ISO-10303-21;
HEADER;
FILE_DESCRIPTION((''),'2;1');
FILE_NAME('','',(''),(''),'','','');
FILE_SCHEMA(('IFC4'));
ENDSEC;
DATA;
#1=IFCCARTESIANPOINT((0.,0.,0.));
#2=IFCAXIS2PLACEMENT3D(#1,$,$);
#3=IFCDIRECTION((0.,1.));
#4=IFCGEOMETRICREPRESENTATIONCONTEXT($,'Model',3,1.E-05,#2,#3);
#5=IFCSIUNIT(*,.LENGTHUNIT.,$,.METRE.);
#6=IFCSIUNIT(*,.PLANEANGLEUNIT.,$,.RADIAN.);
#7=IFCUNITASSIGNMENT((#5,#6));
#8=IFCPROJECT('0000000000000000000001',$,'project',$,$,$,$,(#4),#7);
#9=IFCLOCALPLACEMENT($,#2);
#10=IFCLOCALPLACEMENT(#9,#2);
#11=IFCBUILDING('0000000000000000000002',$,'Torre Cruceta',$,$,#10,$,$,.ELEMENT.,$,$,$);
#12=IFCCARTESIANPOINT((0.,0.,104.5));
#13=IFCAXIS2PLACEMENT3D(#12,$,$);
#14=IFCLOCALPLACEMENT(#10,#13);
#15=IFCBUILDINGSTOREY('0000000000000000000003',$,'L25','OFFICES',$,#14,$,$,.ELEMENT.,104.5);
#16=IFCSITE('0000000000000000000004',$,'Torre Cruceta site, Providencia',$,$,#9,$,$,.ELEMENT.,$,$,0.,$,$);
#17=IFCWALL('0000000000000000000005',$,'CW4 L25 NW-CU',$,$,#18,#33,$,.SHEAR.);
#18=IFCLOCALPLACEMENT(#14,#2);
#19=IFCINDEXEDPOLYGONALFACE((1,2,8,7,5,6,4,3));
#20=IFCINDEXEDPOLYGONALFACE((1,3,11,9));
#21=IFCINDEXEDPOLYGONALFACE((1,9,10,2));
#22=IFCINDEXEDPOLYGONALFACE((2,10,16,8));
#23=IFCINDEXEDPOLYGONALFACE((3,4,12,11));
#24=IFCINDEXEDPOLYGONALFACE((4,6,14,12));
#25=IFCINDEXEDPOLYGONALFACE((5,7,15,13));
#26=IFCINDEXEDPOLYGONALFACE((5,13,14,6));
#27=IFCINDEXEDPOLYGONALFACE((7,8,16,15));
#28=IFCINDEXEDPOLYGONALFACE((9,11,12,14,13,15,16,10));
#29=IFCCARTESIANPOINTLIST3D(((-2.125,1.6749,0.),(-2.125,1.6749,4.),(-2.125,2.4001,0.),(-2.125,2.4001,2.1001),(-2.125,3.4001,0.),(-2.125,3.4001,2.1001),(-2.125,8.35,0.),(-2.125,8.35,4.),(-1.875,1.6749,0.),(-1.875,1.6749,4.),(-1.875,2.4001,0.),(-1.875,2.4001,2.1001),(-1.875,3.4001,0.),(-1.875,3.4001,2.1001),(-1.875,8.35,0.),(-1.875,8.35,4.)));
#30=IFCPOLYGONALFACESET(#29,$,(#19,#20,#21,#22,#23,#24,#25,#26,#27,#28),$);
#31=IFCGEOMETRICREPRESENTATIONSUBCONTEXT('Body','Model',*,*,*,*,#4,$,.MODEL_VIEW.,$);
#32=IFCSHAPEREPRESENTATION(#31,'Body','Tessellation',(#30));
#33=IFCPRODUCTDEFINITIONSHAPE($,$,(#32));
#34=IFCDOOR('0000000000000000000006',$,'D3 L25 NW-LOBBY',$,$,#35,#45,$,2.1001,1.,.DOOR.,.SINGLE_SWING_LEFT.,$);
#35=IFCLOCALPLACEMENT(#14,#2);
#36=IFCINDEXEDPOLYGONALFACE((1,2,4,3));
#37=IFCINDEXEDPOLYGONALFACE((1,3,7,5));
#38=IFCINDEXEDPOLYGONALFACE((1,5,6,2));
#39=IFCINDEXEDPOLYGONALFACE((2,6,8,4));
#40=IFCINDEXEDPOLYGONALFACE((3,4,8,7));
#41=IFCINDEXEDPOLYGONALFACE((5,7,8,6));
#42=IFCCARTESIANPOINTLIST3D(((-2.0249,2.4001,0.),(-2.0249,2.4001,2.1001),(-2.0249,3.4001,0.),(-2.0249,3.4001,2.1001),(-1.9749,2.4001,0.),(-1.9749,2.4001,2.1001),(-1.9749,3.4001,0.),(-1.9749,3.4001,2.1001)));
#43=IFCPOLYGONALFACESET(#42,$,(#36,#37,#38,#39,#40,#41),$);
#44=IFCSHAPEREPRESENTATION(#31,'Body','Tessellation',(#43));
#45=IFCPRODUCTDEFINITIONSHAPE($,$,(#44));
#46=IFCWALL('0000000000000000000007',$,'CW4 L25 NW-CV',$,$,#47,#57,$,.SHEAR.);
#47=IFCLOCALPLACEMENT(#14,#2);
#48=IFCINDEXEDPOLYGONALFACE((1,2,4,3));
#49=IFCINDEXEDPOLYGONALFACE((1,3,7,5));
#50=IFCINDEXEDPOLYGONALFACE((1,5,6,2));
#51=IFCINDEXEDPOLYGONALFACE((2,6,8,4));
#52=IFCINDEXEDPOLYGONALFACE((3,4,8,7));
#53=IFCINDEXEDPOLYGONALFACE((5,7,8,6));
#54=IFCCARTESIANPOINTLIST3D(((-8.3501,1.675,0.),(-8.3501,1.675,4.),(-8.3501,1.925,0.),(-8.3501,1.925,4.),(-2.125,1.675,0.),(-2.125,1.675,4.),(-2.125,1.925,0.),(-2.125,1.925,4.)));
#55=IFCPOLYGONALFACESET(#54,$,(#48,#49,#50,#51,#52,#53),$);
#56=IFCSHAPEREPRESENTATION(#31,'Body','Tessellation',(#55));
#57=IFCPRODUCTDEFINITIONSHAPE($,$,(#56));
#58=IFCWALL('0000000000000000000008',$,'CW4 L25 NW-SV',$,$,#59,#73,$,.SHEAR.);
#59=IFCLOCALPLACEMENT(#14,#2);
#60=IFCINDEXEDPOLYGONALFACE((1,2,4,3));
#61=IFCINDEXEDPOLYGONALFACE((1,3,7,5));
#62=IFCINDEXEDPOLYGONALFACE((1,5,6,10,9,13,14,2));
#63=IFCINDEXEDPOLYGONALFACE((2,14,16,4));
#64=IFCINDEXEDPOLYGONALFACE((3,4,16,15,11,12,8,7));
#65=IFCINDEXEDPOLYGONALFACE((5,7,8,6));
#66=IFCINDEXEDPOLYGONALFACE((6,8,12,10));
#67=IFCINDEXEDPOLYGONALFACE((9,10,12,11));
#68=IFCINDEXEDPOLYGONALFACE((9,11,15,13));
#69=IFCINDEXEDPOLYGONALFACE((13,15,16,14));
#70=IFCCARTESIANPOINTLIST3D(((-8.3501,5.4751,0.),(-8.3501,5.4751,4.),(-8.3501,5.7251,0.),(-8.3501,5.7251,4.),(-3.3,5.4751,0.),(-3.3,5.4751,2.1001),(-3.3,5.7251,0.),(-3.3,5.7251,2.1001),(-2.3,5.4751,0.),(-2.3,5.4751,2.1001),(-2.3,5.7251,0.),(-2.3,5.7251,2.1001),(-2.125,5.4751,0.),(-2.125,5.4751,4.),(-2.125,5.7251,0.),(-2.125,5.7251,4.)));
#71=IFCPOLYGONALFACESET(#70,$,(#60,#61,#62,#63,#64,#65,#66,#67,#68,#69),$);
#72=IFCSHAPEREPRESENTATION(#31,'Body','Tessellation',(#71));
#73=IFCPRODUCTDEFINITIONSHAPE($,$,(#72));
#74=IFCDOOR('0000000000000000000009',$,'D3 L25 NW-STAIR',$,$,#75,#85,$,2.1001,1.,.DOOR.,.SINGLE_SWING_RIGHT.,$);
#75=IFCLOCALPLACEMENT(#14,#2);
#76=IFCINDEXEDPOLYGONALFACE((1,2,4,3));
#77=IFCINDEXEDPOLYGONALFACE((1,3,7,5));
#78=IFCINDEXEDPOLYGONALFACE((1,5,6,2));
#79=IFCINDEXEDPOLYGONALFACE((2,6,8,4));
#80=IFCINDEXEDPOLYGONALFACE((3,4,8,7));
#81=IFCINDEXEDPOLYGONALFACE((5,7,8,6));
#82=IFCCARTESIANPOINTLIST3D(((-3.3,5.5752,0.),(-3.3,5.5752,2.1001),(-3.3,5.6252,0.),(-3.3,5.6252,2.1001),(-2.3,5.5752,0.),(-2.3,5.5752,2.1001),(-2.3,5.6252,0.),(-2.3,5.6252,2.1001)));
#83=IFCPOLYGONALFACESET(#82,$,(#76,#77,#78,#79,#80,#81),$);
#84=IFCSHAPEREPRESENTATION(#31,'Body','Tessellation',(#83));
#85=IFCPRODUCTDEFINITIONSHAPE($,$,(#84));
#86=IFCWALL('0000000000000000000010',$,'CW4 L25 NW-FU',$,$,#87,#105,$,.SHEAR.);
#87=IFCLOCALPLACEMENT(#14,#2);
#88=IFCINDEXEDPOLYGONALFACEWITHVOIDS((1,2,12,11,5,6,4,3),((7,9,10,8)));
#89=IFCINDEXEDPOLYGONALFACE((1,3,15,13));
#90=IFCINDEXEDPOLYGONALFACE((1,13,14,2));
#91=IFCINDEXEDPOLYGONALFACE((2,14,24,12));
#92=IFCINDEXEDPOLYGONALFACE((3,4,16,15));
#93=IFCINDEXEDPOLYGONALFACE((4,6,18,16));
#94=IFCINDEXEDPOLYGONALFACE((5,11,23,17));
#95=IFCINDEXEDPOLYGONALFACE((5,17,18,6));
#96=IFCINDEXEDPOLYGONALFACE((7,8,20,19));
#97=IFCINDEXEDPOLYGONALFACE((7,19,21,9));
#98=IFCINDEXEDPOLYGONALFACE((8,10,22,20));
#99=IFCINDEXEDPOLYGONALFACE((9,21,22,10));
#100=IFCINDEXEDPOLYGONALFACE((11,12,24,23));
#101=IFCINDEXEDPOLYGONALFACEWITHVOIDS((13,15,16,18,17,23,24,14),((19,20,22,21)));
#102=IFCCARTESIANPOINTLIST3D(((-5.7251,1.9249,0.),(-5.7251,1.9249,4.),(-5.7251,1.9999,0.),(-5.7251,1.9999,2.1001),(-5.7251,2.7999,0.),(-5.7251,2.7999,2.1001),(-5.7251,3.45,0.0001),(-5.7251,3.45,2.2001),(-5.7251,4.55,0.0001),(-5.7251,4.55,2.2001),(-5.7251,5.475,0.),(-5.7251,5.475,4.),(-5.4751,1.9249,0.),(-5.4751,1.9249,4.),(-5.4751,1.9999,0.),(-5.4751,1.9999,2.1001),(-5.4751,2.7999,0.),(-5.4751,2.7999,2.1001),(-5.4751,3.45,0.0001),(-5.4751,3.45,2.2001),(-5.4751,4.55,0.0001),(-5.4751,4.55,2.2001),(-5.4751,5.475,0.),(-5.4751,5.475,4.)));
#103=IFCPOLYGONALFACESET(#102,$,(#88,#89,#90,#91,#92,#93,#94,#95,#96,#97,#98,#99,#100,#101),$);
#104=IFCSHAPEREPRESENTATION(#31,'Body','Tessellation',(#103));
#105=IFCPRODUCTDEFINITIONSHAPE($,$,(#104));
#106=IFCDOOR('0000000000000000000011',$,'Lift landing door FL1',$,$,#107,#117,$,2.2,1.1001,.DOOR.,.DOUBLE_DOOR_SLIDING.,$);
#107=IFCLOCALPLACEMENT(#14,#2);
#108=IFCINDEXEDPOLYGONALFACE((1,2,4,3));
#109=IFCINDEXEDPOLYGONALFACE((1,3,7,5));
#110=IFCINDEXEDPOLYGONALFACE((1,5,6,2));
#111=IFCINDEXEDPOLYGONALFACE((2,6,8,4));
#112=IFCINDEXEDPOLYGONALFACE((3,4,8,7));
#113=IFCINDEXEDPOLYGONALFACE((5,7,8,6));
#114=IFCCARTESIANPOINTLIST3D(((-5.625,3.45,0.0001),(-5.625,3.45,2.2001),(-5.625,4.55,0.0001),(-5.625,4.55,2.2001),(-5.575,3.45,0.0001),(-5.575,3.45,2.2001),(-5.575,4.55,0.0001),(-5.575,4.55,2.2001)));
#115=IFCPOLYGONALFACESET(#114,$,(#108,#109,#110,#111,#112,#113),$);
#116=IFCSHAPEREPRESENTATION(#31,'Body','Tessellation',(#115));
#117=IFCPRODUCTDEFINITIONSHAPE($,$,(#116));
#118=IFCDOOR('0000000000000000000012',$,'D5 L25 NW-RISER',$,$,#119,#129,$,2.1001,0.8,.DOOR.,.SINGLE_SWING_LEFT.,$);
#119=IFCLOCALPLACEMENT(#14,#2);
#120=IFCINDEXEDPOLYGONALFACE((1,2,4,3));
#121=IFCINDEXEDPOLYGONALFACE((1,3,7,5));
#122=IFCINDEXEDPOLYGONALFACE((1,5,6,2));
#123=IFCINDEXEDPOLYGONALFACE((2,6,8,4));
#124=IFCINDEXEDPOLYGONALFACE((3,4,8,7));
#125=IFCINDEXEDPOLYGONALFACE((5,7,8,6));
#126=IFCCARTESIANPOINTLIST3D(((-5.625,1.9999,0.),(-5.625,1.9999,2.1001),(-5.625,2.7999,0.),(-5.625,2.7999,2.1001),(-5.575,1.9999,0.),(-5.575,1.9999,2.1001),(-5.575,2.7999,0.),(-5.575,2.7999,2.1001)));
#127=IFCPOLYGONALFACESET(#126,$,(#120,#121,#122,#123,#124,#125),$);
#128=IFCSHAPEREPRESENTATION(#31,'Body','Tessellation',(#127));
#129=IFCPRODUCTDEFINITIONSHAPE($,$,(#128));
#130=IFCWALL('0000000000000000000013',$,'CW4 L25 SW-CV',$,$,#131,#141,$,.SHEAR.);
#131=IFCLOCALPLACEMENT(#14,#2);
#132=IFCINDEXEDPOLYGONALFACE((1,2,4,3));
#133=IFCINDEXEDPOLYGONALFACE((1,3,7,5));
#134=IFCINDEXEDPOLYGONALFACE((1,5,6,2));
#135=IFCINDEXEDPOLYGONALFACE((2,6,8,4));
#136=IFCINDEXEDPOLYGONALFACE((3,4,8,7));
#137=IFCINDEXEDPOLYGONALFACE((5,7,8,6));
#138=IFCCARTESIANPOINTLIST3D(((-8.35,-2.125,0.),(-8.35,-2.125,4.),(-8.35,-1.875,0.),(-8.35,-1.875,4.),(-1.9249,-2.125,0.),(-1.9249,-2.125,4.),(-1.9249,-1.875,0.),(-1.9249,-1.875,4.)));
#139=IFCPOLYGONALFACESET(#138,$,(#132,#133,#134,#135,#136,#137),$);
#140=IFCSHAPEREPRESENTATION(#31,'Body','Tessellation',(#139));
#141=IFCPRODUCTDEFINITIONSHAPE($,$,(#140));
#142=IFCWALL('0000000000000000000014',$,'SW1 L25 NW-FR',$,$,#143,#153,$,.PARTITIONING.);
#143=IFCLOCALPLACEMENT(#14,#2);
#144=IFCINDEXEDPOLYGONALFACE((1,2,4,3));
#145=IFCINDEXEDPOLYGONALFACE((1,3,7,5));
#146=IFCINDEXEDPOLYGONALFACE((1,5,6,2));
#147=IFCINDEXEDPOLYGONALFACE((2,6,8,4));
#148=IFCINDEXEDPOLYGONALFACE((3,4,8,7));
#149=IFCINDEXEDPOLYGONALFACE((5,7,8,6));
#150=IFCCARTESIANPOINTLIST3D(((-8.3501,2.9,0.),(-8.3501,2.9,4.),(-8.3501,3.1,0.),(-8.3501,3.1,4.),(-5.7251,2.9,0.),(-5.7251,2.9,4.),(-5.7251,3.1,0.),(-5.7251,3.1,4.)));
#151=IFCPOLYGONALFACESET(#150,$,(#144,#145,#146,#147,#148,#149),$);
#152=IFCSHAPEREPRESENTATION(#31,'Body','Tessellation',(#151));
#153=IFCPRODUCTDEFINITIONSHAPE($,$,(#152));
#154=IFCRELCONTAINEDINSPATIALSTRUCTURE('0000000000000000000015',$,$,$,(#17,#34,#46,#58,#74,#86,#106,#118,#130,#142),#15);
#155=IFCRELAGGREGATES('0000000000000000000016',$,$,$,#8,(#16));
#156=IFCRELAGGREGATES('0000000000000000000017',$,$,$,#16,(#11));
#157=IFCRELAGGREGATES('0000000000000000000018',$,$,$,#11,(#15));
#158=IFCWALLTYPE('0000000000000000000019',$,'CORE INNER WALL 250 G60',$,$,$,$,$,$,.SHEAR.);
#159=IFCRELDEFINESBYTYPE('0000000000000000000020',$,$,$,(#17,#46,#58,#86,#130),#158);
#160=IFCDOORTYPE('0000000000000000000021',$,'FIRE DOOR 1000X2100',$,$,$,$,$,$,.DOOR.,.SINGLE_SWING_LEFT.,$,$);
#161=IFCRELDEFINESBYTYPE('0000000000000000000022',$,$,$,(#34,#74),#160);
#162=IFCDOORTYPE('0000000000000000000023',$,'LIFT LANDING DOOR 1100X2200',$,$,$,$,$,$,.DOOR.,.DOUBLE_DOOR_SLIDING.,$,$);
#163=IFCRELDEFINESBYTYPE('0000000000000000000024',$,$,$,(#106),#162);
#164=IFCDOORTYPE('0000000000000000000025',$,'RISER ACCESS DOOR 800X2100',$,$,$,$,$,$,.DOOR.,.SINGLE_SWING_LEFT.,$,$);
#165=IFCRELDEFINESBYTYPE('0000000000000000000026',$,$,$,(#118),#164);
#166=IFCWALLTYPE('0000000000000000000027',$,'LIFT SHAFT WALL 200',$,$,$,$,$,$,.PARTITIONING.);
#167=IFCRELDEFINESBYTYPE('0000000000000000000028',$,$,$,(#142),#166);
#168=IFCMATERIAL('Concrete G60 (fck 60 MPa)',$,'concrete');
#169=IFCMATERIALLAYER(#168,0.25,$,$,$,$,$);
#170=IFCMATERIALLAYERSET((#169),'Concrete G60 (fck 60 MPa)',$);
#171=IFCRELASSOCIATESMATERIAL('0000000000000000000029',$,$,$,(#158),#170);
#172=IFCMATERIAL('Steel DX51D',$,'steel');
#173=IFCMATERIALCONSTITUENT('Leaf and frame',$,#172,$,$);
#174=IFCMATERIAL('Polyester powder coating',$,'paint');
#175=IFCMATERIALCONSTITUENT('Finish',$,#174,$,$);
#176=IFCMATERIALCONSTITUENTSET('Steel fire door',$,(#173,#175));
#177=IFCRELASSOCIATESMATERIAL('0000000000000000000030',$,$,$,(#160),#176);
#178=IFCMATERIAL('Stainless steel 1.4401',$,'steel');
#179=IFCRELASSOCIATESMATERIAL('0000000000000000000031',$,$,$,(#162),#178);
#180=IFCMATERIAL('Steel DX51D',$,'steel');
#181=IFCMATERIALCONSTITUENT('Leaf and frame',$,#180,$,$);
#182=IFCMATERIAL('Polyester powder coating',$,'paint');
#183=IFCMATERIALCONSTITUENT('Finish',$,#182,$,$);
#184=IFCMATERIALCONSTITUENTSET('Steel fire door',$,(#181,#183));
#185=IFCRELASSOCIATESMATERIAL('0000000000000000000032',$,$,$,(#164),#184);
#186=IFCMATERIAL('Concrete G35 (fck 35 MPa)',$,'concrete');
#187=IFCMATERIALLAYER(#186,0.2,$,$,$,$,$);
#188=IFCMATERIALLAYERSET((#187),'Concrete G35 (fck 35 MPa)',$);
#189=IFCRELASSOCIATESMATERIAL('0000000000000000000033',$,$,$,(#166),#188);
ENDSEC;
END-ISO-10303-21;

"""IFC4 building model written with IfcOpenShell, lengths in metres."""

from ifc_helpers import new_model, si_unit, direction, frame, frame_2d, origin, place, context, subcontext, project, spatial, rectangle, extrude, material, layer, layer_set, constituent, constituent_set, type_object, element, fill, save


model = new_model("IFC4")

# Units and contexts
model_context = context("Model", 3, precision=1e-05, world=origin(), true_north=direction((0.0, 1.0)))
body_context = subcontext(model_context, "Body", "Model", "MODEL_VIEW")
ifc_project = project(units=[si_unit("LENGTHUNIT", "METRE"), si_unit("PLANEANGLEUNIT", "RADIAN")], contexts=[model_context])

# Site, building, storey
site_placement = place(None, origin())
site = spatial("IfcSite", under=ifc_project, at=site_placement, Name="Torre Cruceta site, Providencia", CompositionType="ELEMENT", RefElevation=0.0)
building_placement = place(site_placement, origin())
building = spatial("IfcBuilding", under=site, at=building_placement, Name="Torre Cruceta", CompositionType="ELEMENT")
storey_placement = place(building_placement, frame((0.0, 0.0, 104.5)))
storey = spatial("IfcBuildingStorey", under=building, at=storey_placement, Name="L25", Description="OFFICES", CompositionType="ELEMENT", Elevation=104.5)

# Wall, opening, door
ifc_material_1 = material(Name="Concrete G60 (fck 60 MPa)", Category="concrete")
ifc_layer_1 = layer(ifc_material_1, 0.25)
ifc_layer_set_1 = layer_set([ifc_layer_1], Name="Concrete G60 (fck 60 MPa)")
wall_type_1 = type_object("IfcWallType", Name="CORE INNER WALL 250 G60", PredefinedType="SHEAR", material=ifc_layer_set_1)
wall_1_placement = place(storey_placement, frame((-2.0, 1.675, 0.0), z_axis=(0.0, 0.0, 1.0), x_axis=(0.0, 1.0, 0.0)))
wall_1 = element("IfcWall", 1, at=wall_1_placement, inside=storey, type_object=wall_type_1, Name="CW4 L25 NW-CU", PredefinedType="SHEAR", context=body_context, shape_type="SweptSolid", body=[
    extrude(rectangle(XDim=6.675, YDim=0.25, at=frame_2d((3.3374, 0.0))), origin(), (0.0, 0.0, 1.0), 4.0),
])
opening_1_placement = place(wall_1_placement, frame((0.7251, 0.0, 0.0)))
opening_1 = element("IfcOpeningElement", 2, at=opening_1_placement, cuts=wall_1, PredefinedType="OPENING", context=body_context, shape_type="SweptSolid", body=[
    extrude(rectangle(XDim=1.0, YDim=2.1001, at=frame_2d((0.5, 1.05))), frame((0.0, 0.135, 0.0), z_axis=(0.0, -1.0, 0.0), x_axis=(1.0, 0.0, 0.0)), (0.0, 0.0, 1.0), 0.27),
])
ifc_material_2 = material(Name="Steel DX51D", Category="steel")
ifc_constituent_1 = constituent(ifc_material_2, Name="Leaf and frame")
ifc_material_3 = material(Name="Polyester powder coating", Category="paint")
ifc_constituent_2 = constituent(ifc_material_3, Name="Finish")
ifc_constituent_set_1 = constituent_set(constituents=[ifc_constituent_1, ifc_constituent_2], Name="Steel fire door")
door_type_1 = type_object("IfcDoorType", Name="FIRE DOOR 1000X2100", OperationType="SINGLE_SWING_LEFT", PredefinedType="DOOR", material=ifc_constituent_set_1)
door_1_placement = place(opening_1_placement, origin())
door_1 = element("IfcDoor", 3, at=door_1_placement, inside=storey, type_object=door_type_1, Name="D3 L25 NW-LOBBY", OperationType="SINGLE_SWING_LEFT", OverallHeight=2.1001, OverallWidth=1.0, PredefinedType="DOOR", context=body_context, shape_type="SweptSolid", body=[
    extrude(rectangle(XDim=1.0, YDim=2.1001, at=frame_2d((0.5, 1.05))), frame((0.0, 0.0249, 0.0), z_axis=(0.0, -1.0, 0.0), x_axis=(1.0, 0.0, 0.0)), (0.0, 0.0, 1.0), 0.05),
])
fill(opening_1, door_1)

# Wall
wall_2_placement = place(storey_placement, frame((-2.125, 1.8, 0.0), z_axis=(0.0, 0.0, 1.0), x_axis=(-1.0, 0.0, 0.0)))
element("IfcWall", 4, at=wall_2_placement, inside=storey, type_object=wall_type_1, Name="CW4 L25 NW-CV", PredefinedType="SHEAR", context=body_context, shape_type="SweptSolid", body=[
    extrude(rectangle(XDim=6.2251, YDim=0.25, at=frame_2d((3.1125, 0.0))), origin(), (0.0, 0.0, 1.0), 4.0),
])

# Wall, opening, door
wall_3_placement = place(storey_placement, frame((-2.125, 5.6001, 0.0), z_axis=(0.0, 0.0, 1.0), x_axis=(-1.0, 0.0, 0.0)))
wall_3 = element("IfcWall", 5, at=wall_3_placement, inside=storey, type_object=wall_type_1, Name="CW4 L25 NW-SV", PredefinedType="SHEAR", context=body_context, shape_type="SweptSolid", body=[
    extrude(rectangle(XDim=6.2251, YDim=0.25, at=frame_2d((3.1125, 0.0))), origin(), (0.0, 0.0, 1.0), 4.0),
])
opening_2_placement = place(wall_3_placement, frame((0.175, 0.0, 0.0)))
opening_2 = element("IfcOpeningElement", 6, at=opening_2_placement, cuts=wall_3, PredefinedType="OPENING", context=body_context, shape_type="SweptSolid", body=[
    extrude(rectangle(XDim=1.0, YDim=2.1001, at=frame_2d((0.5, 1.05))), frame((0.0, 0.135, 0.0), z_axis=(0.0, -1.0, 0.0), x_axis=(1.0, 0.0, 0.0)), (0.0, 0.0, 1.0), 0.27),
])
door_2_placement = place(opening_2_placement, frame((1.0, 0.0, 0.0), z_axis=(0.0, 0.0, 1.0), x_axis=(-1.0, 0.0, 0.0)))
door_2 = element("IfcDoor", 7, at=door_2_placement, inside=storey, type_object=door_type_1, Name="D3 L25 NW-STAIR", OperationType="SINGLE_SWING_RIGHT", OverallHeight=2.1001, OverallWidth=1.0, PredefinedType="DOOR", context=body_context, shape_type="SweptSolid", body=[
    extrude(rectangle(XDim=1.0, YDim=2.1001, at=frame_2d((0.5, 1.05))), frame((0.0, 0.0251, 0.0), z_axis=(0.0, -1.0, 0.0), x_axis=(1.0, 0.0, 0.0)), (0.0, 0.0, 1.0), 0.05),
])
fill(opening_2, door_2)

# Wall, openings, doors
wall_4_placement = place(storey_placement, frame((-5.6001, 1.925, 0.0), z_axis=(0.0, 0.0, 1.0), x_axis=(0.0, 1.0, 0.0)))
wall_4 = element("IfcWall", 8, at=wall_4_placement, inside=storey, type_object=wall_type_1, Name="CW4 L25 NW-FU", PredefinedType="SHEAR", context=body_context, shape_type="SweptSolid", body=[
    extrude(rectangle(XDim=3.55, YDim=0.25, at=frame_2d((1.7749, 0.0))), origin(), (0.0, 0.0, 1.0), 4.0),
])
opening_3_placement = place(wall_4_placement, frame((1.5249, 0.0, 0.0)))
opening_3 = element("IfcOpeningElement", 9, at=opening_3_placement, cuts=wall_4, PredefinedType="OPENING", context=body_context, shape_type="SweptSolid", body=[
    extrude(rectangle(XDim=1.1001, YDim=2.2, at=frame_2d((0.55, 1.1001))), frame((0.0, 0.135, 0.0), z_axis=(0.0, -1.0, 0.0), x_axis=(1.0, 0.0, 0.0)), (0.0, 0.0, 1.0), 0.27),
])
opening_4_placement = place(wall_4_placement, frame((0.075, 0.0, 0.0)))
opening_4 = element("IfcOpeningElement", 10, at=opening_4_placement, cuts=wall_4, PredefinedType="OPENING", context=body_context, shape_type="SweptSolid", body=[
    extrude(rectangle(XDim=0.8, YDim=2.1001, at=frame_2d((0.3999, 1.05))), frame((0.0, 0.135, 0.0), z_axis=(0.0, -1.0, 0.0), x_axis=(1.0, 0.0, 0.0)), (0.0, 0.0, 1.0), 0.27),
])
ifc_material_4 = material(Name="Stainless steel 1.4401", Category="steel")
door_type_2 = type_object("IfcDoorType", Name="LIFT LANDING DOOR 1100X2200", OperationType="DOUBLE_DOOR_SLIDING", PredefinedType="DOOR", material=ifc_material_4)
door_3_placement = place(opening_3_placement, origin())
door_3 = element("IfcDoor", 11, at=door_3_placement, inside=storey, type_object=door_type_2, Name="Lift landing door FL1", OperationType="DOUBLE_DOOR_SLIDING", OverallHeight=2.2, OverallWidth=1.1001, PredefinedType="DOOR", context=body_context, shape_type="SweptSolid", body=[
    extrude(rectangle(XDim=1.1001, YDim=2.2, at=frame_2d((0.55, 1.1001))), frame((0.0, 0.0249, 0.0), z_axis=(0.0, -1.0, 0.0), x_axis=(1.0, 0.0, 0.0)), (0.0, 0.0, 1.0), 0.05),
])
fill(opening_3, door_3)
ifc_material_5 = material(Name="Steel DX51D", Category="steel")
ifc_constituent_3 = constituent(ifc_material_5, Name="Leaf and frame")
ifc_material_6 = material(Name="Polyester powder coating", Category="paint")
ifc_constituent_4 = constituent(ifc_material_6, Name="Finish")
ifc_constituent_set_2 = constituent_set(constituents=[ifc_constituent_3, ifc_constituent_4], Name="Steel fire door")
door_type_3 = type_object("IfcDoorType", Name="RISER ACCESS DOOR 800X2100", OperationType="SINGLE_SWING_LEFT", PredefinedType="DOOR", material=ifc_constituent_set_2)
door_4_placement = place(opening_4_placement, origin())
door_4 = element("IfcDoor", 12, at=door_4_placement, inside=storey, type_object=door_type_3, Name="D5 L25 NW-RISER", OperationType="SINGLE_SWING_LEFT", OverallHeight=2.1001, OverallWidth=0.8, PredefinedType="DOOR", context=body_context, shape_type="SweptSolid", body=[
    extrude(rectangle(XDim=0.8, YDim=2.1001, at=frame_2d((0.3999, 1.05))), frame((0.0, 0.0249, 0.0), z_axis=(0.0, -1.0, 0.0), x_axis=(1.0, 0.0, 0.0)), (0.0, 0.0, 1.0), 0.05),
])
fill(opening_4, door_4)

# Walls
wall_5_placement = place(storey_placement, frame((-1.925, -2.0, 0.0), z_axis=(0.0, 0.0, 1.0), x_axis=(-1.0, 0.0, 0.0)))
element("IfcWall", 13, at=wall_5_placement, inside=storey, type_object=wall_type_1, Name="CW4 L25 SW-CV", PredefinedType="SHEAR", context=body_context, shape_type="SweptSolid", body=[
    extrude(rectangle(XDim=6.425, YDim=0.25, at=frame_2d((3.2124, 0.0))), origin(), (0.0, 0.0, 1.0), 4.0),
])
ifc_material_7 = material(Name="Concrete G35 (fck 35 MPa)", Category="concrete")
ifc_layer_2 = layer(ifc_material_7, 0.2)
ifc_layer_set_2 = layer_set([ifc_layer_2], Name="Concrete G35 (fck 35 MPa)")
wall_type_2 = type_object("IfcWallType", Name="LIFT SHAFT WALL 200", PredefinedType="PARTITIONING", material=ifc_layer_set_2)
wall_6_placement = place(storey_placement, frame((-5.7251, 3.0, 0.0), z_axis=(0.0, 0.0, 1.0), x_axis=(-1.0, 0.0, 0.0)))
element("IfcWall", 14, at=wall_6_placement, inside=storey, type_object=wall_type_2, Name="SW1 L25 NW-FR", PredefinedType="PARTITIONING", context=body_context, shape_type="SweptSolid", body=[
    extrude(rectangle(XDim=2.625, YDim=0.2, at=frame_2d((1.3125, 0.0))), origin(), (0.0, 0.0, 1.0), 4.0),
])

save(model, "model.ifc")
